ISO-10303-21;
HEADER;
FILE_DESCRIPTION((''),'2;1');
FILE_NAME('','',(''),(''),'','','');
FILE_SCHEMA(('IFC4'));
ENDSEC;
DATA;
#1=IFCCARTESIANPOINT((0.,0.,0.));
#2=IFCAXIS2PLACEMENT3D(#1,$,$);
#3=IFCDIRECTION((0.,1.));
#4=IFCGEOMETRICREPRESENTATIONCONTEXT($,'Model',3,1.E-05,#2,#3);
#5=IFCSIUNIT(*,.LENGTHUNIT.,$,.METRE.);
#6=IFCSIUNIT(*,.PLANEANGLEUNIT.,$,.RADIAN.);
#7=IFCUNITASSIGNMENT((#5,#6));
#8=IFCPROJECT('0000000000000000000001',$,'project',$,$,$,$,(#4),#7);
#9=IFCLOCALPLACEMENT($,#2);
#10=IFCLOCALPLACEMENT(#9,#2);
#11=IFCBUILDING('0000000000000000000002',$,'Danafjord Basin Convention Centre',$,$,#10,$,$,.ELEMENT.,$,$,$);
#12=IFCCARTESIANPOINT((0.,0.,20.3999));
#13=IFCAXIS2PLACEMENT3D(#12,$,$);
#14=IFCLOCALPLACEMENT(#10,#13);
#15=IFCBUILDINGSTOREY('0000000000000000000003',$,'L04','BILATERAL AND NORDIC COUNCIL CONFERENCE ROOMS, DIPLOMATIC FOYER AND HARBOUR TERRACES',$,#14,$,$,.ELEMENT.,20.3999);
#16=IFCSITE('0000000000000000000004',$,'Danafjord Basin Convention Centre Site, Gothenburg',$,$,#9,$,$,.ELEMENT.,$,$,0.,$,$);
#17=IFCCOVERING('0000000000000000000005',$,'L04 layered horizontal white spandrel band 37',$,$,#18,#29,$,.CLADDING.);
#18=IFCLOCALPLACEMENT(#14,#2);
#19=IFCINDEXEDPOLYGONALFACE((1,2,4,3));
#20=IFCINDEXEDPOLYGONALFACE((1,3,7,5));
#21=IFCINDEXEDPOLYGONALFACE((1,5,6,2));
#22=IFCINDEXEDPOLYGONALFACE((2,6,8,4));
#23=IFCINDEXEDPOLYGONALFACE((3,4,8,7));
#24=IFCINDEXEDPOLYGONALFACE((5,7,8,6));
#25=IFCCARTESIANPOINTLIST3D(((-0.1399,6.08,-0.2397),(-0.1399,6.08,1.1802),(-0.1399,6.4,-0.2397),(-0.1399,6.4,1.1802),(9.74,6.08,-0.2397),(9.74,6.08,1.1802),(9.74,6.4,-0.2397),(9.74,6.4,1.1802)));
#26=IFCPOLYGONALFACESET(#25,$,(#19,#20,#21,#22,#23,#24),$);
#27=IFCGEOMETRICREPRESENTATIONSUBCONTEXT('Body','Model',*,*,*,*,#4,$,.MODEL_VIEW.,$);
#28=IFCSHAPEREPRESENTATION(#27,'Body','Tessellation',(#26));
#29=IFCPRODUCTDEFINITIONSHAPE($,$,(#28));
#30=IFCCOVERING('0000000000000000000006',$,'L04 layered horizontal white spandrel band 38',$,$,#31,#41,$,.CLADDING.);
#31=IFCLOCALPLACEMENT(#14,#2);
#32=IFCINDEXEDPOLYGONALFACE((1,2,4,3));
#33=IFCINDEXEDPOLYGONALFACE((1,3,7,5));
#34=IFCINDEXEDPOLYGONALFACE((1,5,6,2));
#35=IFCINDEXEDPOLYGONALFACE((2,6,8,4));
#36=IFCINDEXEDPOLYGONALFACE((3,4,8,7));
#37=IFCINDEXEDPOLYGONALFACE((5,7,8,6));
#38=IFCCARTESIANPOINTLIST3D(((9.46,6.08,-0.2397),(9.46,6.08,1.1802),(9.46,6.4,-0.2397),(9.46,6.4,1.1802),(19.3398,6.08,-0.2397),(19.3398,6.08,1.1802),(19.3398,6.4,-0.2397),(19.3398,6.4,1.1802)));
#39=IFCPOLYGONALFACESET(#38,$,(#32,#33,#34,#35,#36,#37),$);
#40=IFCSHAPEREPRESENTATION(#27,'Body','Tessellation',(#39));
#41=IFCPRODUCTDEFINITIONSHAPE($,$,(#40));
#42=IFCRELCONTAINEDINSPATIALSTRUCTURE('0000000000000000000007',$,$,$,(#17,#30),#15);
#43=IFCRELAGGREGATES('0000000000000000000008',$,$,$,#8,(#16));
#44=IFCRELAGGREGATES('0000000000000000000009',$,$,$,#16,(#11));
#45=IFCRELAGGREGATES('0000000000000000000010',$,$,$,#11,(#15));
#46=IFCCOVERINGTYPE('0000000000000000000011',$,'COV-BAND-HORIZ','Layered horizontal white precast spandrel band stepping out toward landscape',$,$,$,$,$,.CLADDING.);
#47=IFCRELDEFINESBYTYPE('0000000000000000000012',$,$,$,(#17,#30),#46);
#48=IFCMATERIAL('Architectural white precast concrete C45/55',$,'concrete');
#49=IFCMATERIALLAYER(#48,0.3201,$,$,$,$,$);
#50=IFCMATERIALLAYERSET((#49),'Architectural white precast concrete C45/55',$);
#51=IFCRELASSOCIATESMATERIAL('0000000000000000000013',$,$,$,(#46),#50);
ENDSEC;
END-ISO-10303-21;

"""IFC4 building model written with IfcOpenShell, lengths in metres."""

from ifc_helpers import new_model, si_unit, direction, frame, origin, origin_2d, place, context, subcontext, project, spatial, rectangle, extrude, material, layer, layer_set, type_object, element, save


model = new_model("IFC4")

# Units and contexts
model_context = context("Model", 3, precision=1e-05, world=origin(), true_north=direction((0.0, 1.0)))
body_context = subcontext(model_context, "Body", "Model", "MODEL_VIEW")
ifc_project = project(units=[si_unit("LENGTHUNIT", "METRE"), si_unit("PLANEANGLEUNIT", "RADIAN")], contexts=[model_context])

# Site, building, storey
site_placement = place(None, origin())
site = spatial("IfcSite", under=ifc_project, at=site_placement, Name="Danafjord Basin Convention Centre Site, Gothenburg", CompositionType="ELEMENT", RefElevation=0.0)
building_placement = place(site_placement, origin())
building = spatial("IfcBuilding", under=site, at=building_placement, Name="Danafjord Basin Convention Centre", CompositionType="ELEMENT")
storey_placement = place(building_placement, frame((0.0, 0.0, 20.3999)))
storey = spatial("IfcBuildingStorey", under=building, at=storey_placement, Name="L04", Description="BILATERAL AND NORDIC COUNCIL CONFERENCE ROOMS, DIPLOMATIC FOYER AND HARBOUR TERRACES", CompositionType="ELEMENT", Elevation=20.3999)

# Coverings
ifc_material_1 = material(Name="Architectural white precast concrete C45/55", Category="concrete")
ifc_layer_1 = layer(ifc_material_1, 0.3201)
ifc_layer_set_1 = layer_set([ifc_layer_1], Name="Architectural white precast concrete C45/55")
covering_type = type_object("IfcCoveringType", Name="COV-BAND-HORIZ", Description="Layered horizontal white precast spandrel band stepping out toward landscape", PredefinedType="CLADDING", material=ifc_layer_set_1)
for number, where, z_axis, x_axis, name in (
    (1, (4.8, 6.24, -0.2397), (0.0, 0.0, 1.0), (1.0, 0.0, 0.0), "L04 layered horizontal white spandrel band 37"),
    (2, (14.3999, 6.24, -0.2397), (0.0, 0.0, 1.0), (1.0, 0.0, 0.0), "L04 layered horizontal white spandrel band 38"),
):
    element("IfcCovering", number, at=place(storey_placement, frame(where, z_axis=z_axis, x_axis=x_axis)), inside=storey, type_object=covering_type, Name=name, PredefinedType="CLADDING", context=body_context, shape_type="SweptSolid", body=[
        extrude(rectangle(XDim=9.8799, YDim=0.3201, at=origin_2d()), origin(), (0.0, 0.0, 1.0), 1.4199),
    ])

save(model, "model.ifc")
